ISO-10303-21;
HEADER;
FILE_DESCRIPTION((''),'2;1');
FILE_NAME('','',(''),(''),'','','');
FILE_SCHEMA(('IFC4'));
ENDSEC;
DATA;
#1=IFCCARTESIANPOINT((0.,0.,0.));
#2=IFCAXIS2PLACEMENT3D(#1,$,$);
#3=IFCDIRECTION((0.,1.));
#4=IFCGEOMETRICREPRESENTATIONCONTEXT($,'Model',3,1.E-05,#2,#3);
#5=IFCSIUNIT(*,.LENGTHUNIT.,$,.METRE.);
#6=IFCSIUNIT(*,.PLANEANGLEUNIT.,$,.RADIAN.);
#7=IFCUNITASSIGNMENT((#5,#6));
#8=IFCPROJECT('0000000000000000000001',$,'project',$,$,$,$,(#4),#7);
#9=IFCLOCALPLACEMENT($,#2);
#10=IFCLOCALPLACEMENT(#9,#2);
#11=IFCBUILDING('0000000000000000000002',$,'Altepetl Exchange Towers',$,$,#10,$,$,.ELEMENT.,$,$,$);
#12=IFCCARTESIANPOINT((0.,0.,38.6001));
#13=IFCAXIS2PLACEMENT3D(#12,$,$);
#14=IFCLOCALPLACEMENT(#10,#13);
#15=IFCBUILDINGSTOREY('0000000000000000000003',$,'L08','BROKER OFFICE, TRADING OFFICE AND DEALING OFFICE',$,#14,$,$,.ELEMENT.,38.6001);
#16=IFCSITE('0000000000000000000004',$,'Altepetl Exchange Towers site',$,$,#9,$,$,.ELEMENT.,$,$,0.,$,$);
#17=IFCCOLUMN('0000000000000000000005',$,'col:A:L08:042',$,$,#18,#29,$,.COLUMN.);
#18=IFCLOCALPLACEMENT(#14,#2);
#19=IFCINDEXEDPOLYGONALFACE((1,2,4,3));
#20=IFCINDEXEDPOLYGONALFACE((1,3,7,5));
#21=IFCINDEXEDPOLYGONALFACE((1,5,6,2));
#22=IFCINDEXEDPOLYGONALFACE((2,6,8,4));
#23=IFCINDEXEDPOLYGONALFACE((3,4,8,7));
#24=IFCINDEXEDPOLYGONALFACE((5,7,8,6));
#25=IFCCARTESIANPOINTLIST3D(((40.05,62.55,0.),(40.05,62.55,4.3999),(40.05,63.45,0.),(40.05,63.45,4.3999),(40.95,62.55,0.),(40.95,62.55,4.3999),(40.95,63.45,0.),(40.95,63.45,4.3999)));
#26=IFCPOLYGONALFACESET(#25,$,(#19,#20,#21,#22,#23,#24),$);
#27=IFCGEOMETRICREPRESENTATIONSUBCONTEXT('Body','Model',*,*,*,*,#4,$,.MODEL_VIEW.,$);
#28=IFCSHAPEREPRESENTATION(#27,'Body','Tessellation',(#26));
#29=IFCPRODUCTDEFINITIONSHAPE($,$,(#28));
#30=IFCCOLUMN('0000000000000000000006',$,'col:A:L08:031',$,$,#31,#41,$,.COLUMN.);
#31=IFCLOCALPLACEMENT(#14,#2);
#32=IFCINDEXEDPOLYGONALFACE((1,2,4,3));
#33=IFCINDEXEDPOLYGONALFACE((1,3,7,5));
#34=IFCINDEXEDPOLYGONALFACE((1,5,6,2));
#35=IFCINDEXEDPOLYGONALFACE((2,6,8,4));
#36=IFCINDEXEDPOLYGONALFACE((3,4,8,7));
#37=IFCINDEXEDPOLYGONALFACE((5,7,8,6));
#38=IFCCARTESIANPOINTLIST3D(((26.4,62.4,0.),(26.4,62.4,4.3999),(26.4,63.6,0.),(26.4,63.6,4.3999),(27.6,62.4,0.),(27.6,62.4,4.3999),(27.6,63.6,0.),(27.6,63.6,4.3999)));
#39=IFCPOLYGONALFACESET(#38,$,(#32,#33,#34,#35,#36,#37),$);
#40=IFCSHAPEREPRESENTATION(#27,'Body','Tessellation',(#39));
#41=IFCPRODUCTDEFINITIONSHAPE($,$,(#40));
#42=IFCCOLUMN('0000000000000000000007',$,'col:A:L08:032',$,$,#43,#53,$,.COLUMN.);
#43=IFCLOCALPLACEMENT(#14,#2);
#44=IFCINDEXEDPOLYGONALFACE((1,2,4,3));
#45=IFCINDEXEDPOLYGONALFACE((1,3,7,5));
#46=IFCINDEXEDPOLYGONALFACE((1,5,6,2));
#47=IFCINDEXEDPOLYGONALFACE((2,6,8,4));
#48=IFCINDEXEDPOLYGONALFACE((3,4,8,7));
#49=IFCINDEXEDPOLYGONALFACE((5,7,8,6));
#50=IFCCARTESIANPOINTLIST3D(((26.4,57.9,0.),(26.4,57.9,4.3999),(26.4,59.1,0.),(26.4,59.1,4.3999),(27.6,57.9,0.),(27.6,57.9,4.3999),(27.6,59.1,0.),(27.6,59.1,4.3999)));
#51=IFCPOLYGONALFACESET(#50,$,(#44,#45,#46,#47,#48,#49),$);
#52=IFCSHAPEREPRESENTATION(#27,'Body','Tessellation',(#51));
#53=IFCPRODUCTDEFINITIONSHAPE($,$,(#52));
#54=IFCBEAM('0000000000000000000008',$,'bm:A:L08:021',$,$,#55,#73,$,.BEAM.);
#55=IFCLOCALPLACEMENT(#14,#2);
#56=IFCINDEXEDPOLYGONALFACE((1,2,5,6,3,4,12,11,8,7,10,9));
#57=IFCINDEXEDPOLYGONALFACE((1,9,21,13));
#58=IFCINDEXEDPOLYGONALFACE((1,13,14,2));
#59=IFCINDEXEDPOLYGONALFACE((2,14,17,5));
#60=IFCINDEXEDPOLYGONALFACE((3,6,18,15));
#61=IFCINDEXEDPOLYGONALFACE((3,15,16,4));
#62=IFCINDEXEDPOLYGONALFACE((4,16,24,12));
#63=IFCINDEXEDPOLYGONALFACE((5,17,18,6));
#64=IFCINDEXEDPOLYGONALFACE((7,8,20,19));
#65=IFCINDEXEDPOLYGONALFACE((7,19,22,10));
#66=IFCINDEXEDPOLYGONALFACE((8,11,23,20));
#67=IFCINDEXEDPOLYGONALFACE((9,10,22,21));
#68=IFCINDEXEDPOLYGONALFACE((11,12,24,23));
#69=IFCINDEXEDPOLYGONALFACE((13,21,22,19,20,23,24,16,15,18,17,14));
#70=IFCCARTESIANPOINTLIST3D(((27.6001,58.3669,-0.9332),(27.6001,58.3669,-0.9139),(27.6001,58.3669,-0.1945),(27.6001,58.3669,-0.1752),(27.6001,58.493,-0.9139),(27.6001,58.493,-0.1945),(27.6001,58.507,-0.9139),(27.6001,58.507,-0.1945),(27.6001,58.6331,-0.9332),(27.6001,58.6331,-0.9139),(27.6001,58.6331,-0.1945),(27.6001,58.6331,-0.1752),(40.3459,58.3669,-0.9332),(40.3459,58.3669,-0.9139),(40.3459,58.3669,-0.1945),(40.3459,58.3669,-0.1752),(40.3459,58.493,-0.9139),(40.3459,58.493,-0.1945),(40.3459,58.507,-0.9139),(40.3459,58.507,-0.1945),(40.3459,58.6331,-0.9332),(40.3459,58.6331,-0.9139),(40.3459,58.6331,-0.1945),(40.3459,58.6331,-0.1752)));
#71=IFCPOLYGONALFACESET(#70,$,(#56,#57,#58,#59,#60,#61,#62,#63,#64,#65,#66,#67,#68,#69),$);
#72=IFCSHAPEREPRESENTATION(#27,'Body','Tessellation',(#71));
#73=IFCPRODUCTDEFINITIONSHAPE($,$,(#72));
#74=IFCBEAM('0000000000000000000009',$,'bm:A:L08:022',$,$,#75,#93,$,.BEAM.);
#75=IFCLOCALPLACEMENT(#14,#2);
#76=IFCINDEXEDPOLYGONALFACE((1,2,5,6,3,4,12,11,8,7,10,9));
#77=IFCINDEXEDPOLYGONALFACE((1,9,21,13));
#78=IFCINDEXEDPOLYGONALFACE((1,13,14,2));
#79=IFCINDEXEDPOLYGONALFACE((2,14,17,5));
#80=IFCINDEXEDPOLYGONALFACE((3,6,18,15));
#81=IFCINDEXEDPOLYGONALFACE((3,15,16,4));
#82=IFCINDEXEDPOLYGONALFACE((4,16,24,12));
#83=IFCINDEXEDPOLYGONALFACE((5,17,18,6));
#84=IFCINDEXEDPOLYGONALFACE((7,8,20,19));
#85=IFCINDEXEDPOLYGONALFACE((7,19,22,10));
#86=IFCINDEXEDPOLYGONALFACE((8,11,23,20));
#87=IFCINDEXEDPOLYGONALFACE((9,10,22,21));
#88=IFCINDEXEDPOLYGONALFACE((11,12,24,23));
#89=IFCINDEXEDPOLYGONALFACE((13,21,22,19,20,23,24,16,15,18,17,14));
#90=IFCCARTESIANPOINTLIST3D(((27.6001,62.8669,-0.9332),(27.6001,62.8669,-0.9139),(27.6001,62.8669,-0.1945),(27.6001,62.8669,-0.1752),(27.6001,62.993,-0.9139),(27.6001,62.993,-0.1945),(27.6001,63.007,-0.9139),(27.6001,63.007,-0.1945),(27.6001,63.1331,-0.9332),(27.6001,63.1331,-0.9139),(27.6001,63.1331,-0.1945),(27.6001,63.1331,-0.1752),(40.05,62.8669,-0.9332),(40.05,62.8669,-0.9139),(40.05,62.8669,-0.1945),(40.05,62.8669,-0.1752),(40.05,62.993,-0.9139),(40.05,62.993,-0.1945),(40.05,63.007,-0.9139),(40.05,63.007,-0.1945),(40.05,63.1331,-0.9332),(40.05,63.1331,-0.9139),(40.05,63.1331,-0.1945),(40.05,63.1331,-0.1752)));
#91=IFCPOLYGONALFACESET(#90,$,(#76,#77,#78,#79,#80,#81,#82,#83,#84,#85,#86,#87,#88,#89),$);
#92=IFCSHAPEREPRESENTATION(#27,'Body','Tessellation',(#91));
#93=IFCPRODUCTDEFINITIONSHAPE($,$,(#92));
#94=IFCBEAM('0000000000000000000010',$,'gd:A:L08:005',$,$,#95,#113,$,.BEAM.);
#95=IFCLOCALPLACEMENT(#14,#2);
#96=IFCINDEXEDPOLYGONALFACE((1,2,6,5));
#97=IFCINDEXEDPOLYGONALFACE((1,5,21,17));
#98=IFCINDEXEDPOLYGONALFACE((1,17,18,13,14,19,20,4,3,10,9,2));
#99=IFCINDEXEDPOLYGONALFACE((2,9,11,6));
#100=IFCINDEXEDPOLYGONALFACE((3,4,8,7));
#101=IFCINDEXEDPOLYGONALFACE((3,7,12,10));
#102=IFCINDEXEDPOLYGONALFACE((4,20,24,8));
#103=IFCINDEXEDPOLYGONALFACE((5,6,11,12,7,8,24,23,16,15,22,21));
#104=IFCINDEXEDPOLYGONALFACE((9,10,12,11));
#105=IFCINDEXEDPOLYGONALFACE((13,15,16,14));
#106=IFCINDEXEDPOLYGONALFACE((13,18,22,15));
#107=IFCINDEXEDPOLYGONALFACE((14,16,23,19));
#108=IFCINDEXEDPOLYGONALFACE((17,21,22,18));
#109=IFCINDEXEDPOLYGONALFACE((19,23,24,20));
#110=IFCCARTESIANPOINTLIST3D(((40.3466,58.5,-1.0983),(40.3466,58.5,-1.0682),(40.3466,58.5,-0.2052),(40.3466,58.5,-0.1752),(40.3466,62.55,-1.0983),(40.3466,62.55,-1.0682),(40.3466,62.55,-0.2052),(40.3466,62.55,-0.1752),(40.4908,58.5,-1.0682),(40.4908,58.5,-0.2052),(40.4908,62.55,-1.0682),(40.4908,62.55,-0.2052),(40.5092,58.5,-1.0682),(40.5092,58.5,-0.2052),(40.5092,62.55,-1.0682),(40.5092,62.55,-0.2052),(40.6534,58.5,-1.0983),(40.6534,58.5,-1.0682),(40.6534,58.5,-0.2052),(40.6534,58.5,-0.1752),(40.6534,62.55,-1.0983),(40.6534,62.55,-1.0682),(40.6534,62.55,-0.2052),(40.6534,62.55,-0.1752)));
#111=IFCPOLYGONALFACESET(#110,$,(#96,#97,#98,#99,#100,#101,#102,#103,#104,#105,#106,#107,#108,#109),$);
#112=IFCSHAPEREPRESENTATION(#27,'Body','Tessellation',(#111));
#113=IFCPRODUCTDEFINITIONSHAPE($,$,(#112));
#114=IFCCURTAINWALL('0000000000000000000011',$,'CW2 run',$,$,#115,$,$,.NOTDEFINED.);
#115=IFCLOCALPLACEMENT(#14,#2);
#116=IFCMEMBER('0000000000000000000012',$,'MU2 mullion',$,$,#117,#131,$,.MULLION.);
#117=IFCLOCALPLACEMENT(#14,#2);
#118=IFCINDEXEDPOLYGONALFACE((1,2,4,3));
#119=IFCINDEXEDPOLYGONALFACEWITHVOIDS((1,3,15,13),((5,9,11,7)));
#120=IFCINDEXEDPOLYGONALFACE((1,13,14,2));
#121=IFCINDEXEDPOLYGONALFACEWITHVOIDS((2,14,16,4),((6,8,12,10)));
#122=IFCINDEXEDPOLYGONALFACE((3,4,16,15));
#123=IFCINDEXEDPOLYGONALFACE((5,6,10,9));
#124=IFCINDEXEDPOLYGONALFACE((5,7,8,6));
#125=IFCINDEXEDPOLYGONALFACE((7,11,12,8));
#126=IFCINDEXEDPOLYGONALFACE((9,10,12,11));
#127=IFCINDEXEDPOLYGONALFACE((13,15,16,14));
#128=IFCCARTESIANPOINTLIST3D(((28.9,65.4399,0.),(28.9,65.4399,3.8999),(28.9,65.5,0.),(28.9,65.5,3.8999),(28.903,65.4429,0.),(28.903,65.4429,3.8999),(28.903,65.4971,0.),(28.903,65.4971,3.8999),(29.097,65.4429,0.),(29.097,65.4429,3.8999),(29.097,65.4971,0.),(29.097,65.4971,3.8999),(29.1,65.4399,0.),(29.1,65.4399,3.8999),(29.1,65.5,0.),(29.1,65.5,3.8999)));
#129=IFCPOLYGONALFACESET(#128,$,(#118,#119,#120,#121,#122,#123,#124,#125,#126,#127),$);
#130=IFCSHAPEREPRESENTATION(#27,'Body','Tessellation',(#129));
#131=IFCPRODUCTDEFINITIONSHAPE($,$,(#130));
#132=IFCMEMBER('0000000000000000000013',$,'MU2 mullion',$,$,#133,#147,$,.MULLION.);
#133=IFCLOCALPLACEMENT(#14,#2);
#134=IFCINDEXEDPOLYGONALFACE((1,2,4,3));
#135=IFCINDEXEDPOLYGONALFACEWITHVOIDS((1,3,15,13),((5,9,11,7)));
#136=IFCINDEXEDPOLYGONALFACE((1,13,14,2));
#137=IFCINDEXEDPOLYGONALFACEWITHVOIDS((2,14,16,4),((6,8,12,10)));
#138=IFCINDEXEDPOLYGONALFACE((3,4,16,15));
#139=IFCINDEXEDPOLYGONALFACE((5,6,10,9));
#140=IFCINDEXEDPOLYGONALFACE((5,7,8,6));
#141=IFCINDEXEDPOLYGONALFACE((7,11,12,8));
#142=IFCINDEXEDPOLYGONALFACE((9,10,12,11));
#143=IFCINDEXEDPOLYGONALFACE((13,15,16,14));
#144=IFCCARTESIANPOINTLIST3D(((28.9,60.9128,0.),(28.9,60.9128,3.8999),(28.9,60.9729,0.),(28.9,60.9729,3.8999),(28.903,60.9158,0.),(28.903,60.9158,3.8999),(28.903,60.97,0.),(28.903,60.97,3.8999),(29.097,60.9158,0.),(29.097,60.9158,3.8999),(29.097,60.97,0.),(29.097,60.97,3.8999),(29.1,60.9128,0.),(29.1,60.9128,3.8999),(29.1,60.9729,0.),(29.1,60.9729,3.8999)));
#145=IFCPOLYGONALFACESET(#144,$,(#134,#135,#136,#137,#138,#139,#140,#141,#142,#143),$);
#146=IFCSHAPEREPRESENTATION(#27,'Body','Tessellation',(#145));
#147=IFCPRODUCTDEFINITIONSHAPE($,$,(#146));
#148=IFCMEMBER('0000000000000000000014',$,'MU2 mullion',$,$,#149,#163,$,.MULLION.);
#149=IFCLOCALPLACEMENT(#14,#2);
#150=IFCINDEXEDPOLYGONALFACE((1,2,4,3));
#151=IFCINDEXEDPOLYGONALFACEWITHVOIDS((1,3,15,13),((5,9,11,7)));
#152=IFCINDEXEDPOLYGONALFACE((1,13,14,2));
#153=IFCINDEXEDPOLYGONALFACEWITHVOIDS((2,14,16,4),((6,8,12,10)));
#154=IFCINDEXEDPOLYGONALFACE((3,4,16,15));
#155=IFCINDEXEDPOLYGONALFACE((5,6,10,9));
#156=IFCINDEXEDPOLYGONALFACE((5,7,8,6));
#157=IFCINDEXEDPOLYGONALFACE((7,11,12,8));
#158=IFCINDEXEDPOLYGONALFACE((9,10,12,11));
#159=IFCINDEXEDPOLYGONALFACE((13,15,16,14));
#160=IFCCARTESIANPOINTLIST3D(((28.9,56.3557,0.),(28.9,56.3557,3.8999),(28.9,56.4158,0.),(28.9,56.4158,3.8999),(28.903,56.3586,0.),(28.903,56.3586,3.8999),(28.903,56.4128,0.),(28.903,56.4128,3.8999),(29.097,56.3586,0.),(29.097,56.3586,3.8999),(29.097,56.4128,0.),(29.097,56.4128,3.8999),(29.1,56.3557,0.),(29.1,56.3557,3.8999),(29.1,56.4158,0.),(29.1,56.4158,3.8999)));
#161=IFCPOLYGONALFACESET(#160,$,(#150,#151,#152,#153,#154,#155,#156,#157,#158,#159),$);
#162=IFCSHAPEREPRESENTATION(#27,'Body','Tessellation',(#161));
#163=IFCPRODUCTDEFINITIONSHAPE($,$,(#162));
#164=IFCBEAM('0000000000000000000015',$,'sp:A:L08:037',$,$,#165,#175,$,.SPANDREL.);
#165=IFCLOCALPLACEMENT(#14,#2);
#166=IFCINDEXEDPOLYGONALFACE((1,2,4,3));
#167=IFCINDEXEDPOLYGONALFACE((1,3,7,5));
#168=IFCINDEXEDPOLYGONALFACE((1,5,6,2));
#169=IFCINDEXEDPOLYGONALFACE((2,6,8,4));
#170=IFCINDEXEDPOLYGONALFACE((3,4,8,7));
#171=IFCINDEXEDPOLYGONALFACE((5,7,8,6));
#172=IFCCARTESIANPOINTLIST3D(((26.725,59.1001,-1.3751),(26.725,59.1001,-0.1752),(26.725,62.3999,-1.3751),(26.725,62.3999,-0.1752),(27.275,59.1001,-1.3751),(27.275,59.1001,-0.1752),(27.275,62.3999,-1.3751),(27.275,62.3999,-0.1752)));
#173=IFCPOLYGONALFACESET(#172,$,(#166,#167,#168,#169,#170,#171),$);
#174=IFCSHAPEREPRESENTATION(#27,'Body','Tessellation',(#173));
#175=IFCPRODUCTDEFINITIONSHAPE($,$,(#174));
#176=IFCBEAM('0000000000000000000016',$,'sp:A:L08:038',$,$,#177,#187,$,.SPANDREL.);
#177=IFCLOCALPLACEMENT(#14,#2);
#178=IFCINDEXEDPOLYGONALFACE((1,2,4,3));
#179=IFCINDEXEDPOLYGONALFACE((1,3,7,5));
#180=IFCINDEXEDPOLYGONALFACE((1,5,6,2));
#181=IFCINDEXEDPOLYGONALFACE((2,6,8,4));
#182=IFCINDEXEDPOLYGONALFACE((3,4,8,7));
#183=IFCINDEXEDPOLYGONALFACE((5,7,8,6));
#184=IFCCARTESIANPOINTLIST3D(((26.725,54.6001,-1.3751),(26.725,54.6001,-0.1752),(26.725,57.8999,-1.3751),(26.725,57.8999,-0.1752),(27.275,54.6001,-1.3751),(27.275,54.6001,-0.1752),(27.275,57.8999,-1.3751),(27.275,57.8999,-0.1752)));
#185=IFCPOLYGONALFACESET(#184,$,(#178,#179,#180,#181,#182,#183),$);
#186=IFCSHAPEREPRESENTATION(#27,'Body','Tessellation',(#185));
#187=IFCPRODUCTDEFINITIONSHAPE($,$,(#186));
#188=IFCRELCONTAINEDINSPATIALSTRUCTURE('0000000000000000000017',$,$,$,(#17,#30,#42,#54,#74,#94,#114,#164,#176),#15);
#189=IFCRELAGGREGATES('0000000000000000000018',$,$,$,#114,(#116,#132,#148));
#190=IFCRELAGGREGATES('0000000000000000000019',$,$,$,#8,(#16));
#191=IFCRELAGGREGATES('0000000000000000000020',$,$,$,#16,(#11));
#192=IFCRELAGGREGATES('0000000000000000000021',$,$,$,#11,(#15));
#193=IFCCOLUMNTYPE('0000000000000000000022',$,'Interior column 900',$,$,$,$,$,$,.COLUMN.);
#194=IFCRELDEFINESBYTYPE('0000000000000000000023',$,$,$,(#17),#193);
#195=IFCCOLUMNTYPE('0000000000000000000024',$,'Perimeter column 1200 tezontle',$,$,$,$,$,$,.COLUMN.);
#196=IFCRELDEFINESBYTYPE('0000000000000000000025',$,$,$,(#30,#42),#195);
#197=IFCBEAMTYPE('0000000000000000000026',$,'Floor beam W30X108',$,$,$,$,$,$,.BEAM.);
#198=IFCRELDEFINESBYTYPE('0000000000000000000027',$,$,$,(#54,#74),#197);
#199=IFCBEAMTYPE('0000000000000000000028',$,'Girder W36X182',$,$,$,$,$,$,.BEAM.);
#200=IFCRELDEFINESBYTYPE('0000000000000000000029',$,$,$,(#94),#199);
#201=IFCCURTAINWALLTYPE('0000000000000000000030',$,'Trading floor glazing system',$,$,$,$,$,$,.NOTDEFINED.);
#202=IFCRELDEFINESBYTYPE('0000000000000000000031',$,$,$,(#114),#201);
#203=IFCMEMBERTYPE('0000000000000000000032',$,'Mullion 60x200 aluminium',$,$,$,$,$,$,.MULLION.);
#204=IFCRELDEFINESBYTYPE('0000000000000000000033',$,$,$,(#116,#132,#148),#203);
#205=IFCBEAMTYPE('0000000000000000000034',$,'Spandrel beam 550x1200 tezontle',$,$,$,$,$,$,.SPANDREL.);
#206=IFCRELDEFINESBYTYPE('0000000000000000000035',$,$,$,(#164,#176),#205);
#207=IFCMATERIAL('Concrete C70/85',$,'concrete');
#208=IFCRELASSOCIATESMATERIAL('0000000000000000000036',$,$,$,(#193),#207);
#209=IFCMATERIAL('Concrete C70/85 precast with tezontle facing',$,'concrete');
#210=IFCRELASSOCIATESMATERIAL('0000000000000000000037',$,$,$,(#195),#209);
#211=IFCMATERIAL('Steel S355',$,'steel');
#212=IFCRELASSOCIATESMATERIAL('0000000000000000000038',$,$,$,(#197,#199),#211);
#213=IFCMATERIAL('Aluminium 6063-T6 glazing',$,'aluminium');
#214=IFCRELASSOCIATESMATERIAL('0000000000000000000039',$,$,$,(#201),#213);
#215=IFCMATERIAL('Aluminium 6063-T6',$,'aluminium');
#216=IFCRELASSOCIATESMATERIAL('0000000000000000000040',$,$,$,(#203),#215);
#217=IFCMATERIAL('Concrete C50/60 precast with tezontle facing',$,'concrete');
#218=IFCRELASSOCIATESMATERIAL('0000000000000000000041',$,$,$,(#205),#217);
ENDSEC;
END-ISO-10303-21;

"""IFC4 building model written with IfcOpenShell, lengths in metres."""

from ifc_helpers import new_model, si_unit, direction, frame, origin, origin_2d, place, context, subcontext, project, spatial, rectangle, hollow_rectangle, i_section, extrude, material, material_profile, profile_set, type_object, element, aggregate, save


model = new_model("IFC4")

# Units and contexts
model_context = context("Model", 3, precision=1e-05, world=origin(), true_north=direction((0.0, 1.0)))
body_context = subcontext(model_context, "Body", "Model", "MODEL_VIEW")
ifc_project = project(units=[si_unit("LENGTHUNIT", "METRE"), si_unit("PLANEANGLEUNIT", "RADIAN")], contexts=[model_context])

# Site, building, storey
site_placement = place(None, origin())
site = spatial("IfcSite", under=ifc_project, at=site_placement, Name="Altepetl Exchange Towers site", CompositionType="ELEMENT", RefElevation=0.0)
building_placement = place(site_placement, origin())
building = spatial("IfcBuilding", under=site, at=building_placement, Name="Altepetl Exchange Towers", CompositionType="ELEMENT")
storey_placement = place(building_placement, frame((0.0, 0.0, 38.6001)))
storey = spatial("IfcBuildingStorey", under=building, at=storey_placement, Name="L08", Description="BROKER OFFICE, TRADING OFFICE AND DEALING OFFICE", CompositionType="ELEMENT", Elevation=38.6001)

# Columns
ifc_material_1 = material(Name="Concrete C70/85", Category="concrete")
ifc_material_profile_1 = material_profile(ifc_material_1, rectangle(XDim=0.8999, YDim=0.8999, at=origin_2d()), Name="900 x 900")
ifc_profile_set_1 = profile_set([ifc_material_profile_1], Name="Concrete C70/85")
column_type_1 = type_object("IfcColumnType", Name="Interior column 900", PredefinedType="COLUMN", material=ifc_profile_set_1)
column_placement = place(storey_placement, frame((40.5, 63.0, 0.0)))
element("IfcColumn", 1, at=column_placement, inside=storey, type_object=column_type_1, Name="col:A:L08:042", PredefinedType="COLUMN", context=body_context, shape_type="SweptSolid", body=[
    extrude(rectangle(XDim=0.8999, YDim=0.8999, at=origin_2d()), origin(), (0.0, 0.0, 1.0), 4.3999),
])
ifc_material_2 = material(Name="Concrete C70/85 precast with tezontle facing", Category="concrete")
ifc_material_profile_2 = material_profile(ifc_material_2, rectangle(XDim=1.2, YDim=1.2, at=origin_2d()), Name="1200 x 1200")
ifc_profile_set_2 = profile_set([ifc_material_profile_2], Name="Concrete C70/85 precast with tezontle facing")
column_type_2 = type_object("IfcColumnType", Name="Perimeter column 1200 tezontle", PredefinedType="COLUMN", material=ifc_profile_set_2)
for number, where, name in (
    (2, (27.0, 63.0, 0.0), "col:A:L08:031"),
    (3, (27.0, 58.5, 0.0), "col:A:L08:032"),
):
    element("IfcColumn", number, at=place(storey_placement, frame(where)), inside=storey, type_object=column_type_2, Name=name, PredefinedType="COLUMN", context=body_context, shape_type="SweptSolid", body=[
        extrude(rectangle(XDim=1.2, YDim=1.2, at=origin_2d()), origin(), (0.0, 0.0, 1.0), 4.3999),
    ])

# Beams
ifc_material_3 = material(Name="Steel S355", Category="steel")
ifc_material_profile_3 = material_profile(ifc_material_3, i_section(OverallWidth=0.2661, OverallDepth=0.7581, WebThickness=0.0139, FlangeThickness=0.0193, at=origin_2d()), Name="W30X108")
ifc_profile_set_3 = profile_set([ifc_material_profile_3], Name="Steel S355")
beam_type_1 = type_object("IfcBeamType", Name="Floor beam W30X108", PredefinedType="BEAM", material=ifc_profile_set_3)
beam_1_placement = place(storey_placement, frame((27.6001, 58.5, -0.5542), z_axis=(1.0, 0.0, 0.0), x_axis=(0.0, 1.0, 0.0)))
element("IfcBeam", 4, at=beam_1_placement, inside=storey, type_object=beam_type_1, Name="bm:A:L08:021", PredefinedType="BEAM", context=body_context, shape_type="SweptSolid", body=[
    extrude(i_section(OverallWidth=0.2661, OverallDepth=0.7581, WebThickness=0.0139, FlangeThickness=0.0193, at=origin_2d()), origin(), (0.0, 0.0, 1.0), 12.7458),
])
beam_2_placement = place(storey_placement, frame((27.6001, 63.0, -0.5542), z_axis=(1.0, 0.0, 0.0), x_axis=(0.0, 1.0, 0.0)))
element("IfcBeam", 5, at=beam_2_placement, inside=storey, type_object=beam_type_1, Name="bm:A:L08:022", PredefinedType="BEAM", context=body_context, shape_type="SweptSolid", body=[
    extrude(i_section(OverallWidth=0.2661, OverallDepth=0.7581, WebThickness=0.0139, FlangeThickness=0.0193, at=origin_2d()), origin(), (0.0, 0.0, 1.0), 12.45),
])
ifc_material_profile_4 = material_profile(ifc_material_3, i_section(OverallWidth=0.3069, OverallDepth=0.9231, WebThickness=0.0183, FlangeThickness=0.03, at=origin_2d()), Name="W36X182")
ifc_profile_set_4 = profile_set([ifc_material_profile_4], Name="Steel S355")
beam_type_2 = type_object("IfcBeamType", Name="Girder W36X182", PredefinedType="BEAM", material=ifc_profile_set_4)
beam_3_placement = place(storey_placement, frame((40.5, 62.55, -0.6367), z_axis=(0.0, -1.0, 0.0), x_axis=(1.0, 0.0, 0.0)))
element("IfcBeam", 6, at=beam_3_placement, inside=storey, type_object=beam_type_2, Name="gd:A:L08:005", PredefinedType="BEAM", context=body_context, shape_type="SweptSolid", body=[
    extrude(i_section(OverallWidth=0.3069, OverallDepth=0.9231, WebThickness=0.0183, FlangeThickness=0.03, at=origin_2d()), origin(), (0.0, 0.0, 1.0), 4.05),
])

# Curtain wall, members
ifc_material_4 = material(Name="Aluminium 6063-T6 glazing", Category="aluminium")
curtain_wall_type = type_object("IfcCurtainWallType", Name="Trading floor glazing system", PredefinedType="NOTDEFINED", material=ifc_material_4)
curtain_wall_placement = place(storey_placement, origin())
curtain_wall = element("IfcCurtainWall", 7, at=curtain_wall_placement, inside=storey, type_object=curtain_wall_type, Name="CW2 run", PredefinedType="NOTDEFINED")
ifc_material_5 = material(Name="Aluminium 6063-T6", Category="aluminium")
ifc_material_profile_5 = material_profile(ifc_material_5, hollow_rectangle(XDim=0.0601, YDim=0.2, WallThickness=0.0029, at=origin_2d()), Name="Mullion 60x200 aluminium")
ifc_profile_set_5 = profile_set([ifc_material_profile_5], Name="Aluminium 6063-T6")
member_type = type_object("IfcMemberType", Name="Mullion 60x200 aluminium", PredefinedType="MULLION", material=ifc_profile_set_5)
member_1_placement = place(storey_placement, frame((29.0, 65.47, 0.0), z_axis=(0.0, 0.0, 1.0), x_axis=(0.0, -1.0, 0.0)))
member_1 = element("IfcMember", 8, at=member_1_placement, type_object=member_type, Name="MU2 mullion", PredefinedType="MULLION", context=body_context, shape_type="SweptSolid", body=[
    extrude(hollow_rectangle(XDim=0.0601, YDim=0.2, WallThickness=0.0029, at=origin_2d()), origin(), (0.0, 0.0, 1.0), 3.8999),
])
member_2_placement = place(storey_placement, frame((29.0, 60.9429, 0.0), z_axis=(0.0, 0.0, 1.0), x_axis=(0.0, -1.0, 0.0)))
member_2 = element("IfcMember", 9, at=member_2_placement, type_object=member_type, Name="MU2 mullion", PredefinedType="MULLION", context=body_context, shape_type="SweptSolid", body=[
    extrude(hollow_rectangle(XDim=0.0601, YDim=0.2, WallThickness=0.0029, at=origin_2d()), origin(), (0.0, 0.0, 1.0), 3.8999),
])
member_3_placement = place(storey_placement, frame((29.0, 56.3857, 0.0), z_axis=(0.0, 0.0, 1.0), x_axis=(0.0, -1.0, 0.0)))
member_3 = element("IfcMember", 10, at=member_3_placement, type_object=member_type, Name="MU2 mullion", PredefinedType="MULLION", context=body_context, shape_type="SweptSolid", body=[
    extrude(hollow_rectangle(XDim=0.0601, YDim=0.2, WallThickness=0.0029, at=origin_2d()), origin(), (0.0, 0.0, 1.0), 3.8999),
])

# Beams
ifc_material_6 = material(Name="Concrete C50/60 precast with tezontle facing", Category="concrete")
ifc_material_profile_6 = material_profile(ifc_material_6, rectangle(XDim=0.55, YDim=1.2, at=origin_2d()), Name="550 x 1200")
ifc_profile_set_6 = profile_set([ifc_material_profile_6], Name="Concrete C50/60 precast with tezontle facing")
beam_type_3 = type_object("IfcBeamType", Name="Spandrel beam 550x1200 tezontle", PredefinedType="SPANDREL", material=ifc_profile_set_6)
for number, where, z_axis, x_axis, name in (
    (11, (27.0, 62.3999, -0.7751), (0.0, -1.0, 0.0), (1.0, 0.0, 0.0), "sp:A:L08:037"),
    (12, (27.0, 57.8999, -0.7751), (0.0, -1.0, 0.0), (1.0, 0.0, 0.0), "sp:A:L08:038"),
):
    element("IfcBeam", number, at=place(storey_placement, frame(where, z_axis=z_axis, x_axis=x_axis)), inside=storey, type_object=beam_type_3, Name=name, PredefinedType="SPANDREL", context=body_context, shape_type="SweptSolid", body=[
        extrude(rectangle(XDim=0.55, YDim=1.2, at=origin_2d()), origin(), (0.0, 0.0, 1.0), 3.2998),
    ])

aggregate(curtain_wall, [member_1, member_2, member_3])

save(model, "model.ifc")
